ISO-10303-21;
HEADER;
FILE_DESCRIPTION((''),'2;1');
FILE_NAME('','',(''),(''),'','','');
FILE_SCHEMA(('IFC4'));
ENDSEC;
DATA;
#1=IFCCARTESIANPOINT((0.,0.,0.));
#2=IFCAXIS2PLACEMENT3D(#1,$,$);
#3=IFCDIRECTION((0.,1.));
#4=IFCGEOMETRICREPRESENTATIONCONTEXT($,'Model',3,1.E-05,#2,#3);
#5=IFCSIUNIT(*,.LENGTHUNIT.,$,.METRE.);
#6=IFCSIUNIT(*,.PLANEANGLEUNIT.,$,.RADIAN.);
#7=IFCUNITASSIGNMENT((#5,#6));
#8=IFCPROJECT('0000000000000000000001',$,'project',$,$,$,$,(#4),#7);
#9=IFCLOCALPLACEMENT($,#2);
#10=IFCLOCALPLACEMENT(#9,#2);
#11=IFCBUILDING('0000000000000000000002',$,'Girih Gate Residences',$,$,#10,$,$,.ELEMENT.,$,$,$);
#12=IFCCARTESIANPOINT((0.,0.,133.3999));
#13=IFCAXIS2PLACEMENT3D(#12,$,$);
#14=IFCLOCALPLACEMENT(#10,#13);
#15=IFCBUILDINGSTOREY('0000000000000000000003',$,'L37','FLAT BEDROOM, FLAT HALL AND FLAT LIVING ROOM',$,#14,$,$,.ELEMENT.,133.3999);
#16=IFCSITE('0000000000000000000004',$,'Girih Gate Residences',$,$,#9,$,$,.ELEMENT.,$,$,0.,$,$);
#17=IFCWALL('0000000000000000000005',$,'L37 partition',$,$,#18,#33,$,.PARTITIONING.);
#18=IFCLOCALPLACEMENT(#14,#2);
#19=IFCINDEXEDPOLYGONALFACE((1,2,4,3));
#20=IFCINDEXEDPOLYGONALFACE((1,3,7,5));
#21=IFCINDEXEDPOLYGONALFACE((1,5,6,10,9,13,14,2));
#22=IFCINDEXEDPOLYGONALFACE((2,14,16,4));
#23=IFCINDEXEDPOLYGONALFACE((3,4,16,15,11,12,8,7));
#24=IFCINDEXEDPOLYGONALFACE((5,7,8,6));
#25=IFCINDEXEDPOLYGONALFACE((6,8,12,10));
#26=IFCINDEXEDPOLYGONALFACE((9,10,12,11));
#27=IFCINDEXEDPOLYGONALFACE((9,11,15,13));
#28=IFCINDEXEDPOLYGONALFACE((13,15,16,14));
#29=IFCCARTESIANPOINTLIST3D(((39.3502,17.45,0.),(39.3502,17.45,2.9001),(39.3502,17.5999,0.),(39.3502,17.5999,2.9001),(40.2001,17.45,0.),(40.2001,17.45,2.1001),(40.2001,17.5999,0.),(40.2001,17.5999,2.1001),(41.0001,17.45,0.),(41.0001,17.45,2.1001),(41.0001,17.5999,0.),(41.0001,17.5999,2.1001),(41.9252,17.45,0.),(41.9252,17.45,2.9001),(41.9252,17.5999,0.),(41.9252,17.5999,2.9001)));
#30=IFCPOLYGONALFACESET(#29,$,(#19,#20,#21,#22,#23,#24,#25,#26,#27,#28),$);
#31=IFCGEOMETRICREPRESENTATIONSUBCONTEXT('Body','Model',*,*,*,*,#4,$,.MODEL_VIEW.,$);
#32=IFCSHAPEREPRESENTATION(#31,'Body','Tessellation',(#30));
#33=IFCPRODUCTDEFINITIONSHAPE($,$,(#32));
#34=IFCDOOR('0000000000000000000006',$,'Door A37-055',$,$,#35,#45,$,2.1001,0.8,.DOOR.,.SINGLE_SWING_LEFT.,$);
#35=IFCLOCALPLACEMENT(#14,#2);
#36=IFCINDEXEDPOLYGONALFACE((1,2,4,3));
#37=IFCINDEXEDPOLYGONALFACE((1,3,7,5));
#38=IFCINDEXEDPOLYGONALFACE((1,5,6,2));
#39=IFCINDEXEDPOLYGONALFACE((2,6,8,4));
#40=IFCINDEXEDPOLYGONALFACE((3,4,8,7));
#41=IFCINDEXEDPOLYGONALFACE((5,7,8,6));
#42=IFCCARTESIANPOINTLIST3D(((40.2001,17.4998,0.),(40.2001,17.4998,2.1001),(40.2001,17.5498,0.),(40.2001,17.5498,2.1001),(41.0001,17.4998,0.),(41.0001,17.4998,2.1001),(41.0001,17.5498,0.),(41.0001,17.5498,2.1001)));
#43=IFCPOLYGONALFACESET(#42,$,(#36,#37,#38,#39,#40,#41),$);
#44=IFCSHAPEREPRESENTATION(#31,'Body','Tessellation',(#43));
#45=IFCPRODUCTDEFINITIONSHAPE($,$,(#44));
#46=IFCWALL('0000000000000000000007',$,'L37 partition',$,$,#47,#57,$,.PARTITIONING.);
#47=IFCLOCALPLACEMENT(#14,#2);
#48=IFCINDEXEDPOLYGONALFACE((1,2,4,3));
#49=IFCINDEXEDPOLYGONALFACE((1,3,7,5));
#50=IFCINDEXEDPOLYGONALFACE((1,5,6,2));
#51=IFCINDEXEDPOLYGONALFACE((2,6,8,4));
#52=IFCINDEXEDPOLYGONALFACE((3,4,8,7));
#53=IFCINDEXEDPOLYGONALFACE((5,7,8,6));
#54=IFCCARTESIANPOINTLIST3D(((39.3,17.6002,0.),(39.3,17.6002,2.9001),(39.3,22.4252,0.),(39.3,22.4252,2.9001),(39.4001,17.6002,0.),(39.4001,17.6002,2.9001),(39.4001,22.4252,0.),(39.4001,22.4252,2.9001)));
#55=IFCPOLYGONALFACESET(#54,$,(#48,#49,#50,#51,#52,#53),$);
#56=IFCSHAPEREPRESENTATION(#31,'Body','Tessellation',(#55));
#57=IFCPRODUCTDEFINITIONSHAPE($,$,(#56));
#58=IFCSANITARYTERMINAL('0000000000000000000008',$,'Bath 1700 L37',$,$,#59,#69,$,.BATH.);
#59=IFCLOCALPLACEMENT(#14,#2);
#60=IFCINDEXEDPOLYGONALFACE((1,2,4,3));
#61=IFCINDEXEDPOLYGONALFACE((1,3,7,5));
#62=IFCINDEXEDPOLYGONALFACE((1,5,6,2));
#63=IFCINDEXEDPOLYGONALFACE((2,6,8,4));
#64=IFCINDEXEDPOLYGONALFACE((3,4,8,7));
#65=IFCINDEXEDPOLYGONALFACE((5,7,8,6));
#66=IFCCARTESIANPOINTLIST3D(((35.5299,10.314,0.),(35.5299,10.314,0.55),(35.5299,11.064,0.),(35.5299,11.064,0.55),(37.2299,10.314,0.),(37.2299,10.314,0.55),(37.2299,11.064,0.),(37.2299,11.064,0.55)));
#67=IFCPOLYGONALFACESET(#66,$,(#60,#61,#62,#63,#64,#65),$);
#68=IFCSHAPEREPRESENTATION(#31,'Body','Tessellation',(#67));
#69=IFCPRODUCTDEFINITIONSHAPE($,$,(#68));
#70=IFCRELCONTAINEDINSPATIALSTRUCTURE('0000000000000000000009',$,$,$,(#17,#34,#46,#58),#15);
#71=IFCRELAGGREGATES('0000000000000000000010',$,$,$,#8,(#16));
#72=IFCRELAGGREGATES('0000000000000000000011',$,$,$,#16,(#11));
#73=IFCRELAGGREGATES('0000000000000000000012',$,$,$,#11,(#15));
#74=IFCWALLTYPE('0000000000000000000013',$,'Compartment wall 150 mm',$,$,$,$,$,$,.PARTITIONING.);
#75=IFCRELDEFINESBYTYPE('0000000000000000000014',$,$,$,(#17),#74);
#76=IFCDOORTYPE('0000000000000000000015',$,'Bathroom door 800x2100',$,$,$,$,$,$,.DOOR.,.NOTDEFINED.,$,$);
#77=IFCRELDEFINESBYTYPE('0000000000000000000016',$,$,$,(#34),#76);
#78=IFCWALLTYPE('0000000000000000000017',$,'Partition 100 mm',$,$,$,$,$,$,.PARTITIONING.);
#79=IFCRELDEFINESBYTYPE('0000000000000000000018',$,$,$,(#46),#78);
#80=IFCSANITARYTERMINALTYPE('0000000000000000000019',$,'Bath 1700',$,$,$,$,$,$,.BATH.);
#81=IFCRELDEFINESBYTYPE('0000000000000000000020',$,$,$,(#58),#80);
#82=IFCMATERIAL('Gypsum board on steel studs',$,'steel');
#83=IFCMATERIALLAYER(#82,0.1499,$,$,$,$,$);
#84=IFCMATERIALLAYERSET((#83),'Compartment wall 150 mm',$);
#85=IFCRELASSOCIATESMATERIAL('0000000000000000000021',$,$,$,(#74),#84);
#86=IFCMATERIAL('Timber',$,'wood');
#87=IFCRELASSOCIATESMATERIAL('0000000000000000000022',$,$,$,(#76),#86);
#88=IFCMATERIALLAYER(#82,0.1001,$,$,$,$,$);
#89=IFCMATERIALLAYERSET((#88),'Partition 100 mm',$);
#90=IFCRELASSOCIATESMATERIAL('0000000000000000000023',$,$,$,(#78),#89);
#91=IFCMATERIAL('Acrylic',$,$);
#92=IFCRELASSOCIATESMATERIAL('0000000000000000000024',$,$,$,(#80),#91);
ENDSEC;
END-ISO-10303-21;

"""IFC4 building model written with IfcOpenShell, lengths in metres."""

from ifc_helpers import new_model, si_unit, direction, frame, frame_2d, origin, origin_2d, place, context, subcontext, project, spatial, rectangle, extrude, material, layer, layer_set, type_object, element, fill, save


model = new_model("IFC4")

# Units and contexts
model_context = context("Model", 3, precision=1e-05, world=origin(), true_north=direction((0.0, 1.0)))
body_context = subcontext(model_context, "Body", "Model", "MODEL_VIEW")
ifc_project = project(units=[si_unit("LENGTHUNIT", "METRE"), si_unit("PLANEANGLEUNIT", "RADIAN")], contexts=[model_context])

# Site, building, storey
site_placement = place(None, origin())
site = spatial("IfcSite", under=ifc_project, at=site_placement, Name="Girih Gate Residences", CompositionType="ELEMENT", RefElevation=0.0)
building_placement = place(site_placement, origin())
building = spatial("IfcBuilding", under=site, at=building_placement, Name="Girih Gate Residences", CompositionType="ELEMENT")
storey_placement = place(building_placement, frame((0.0, 0.0, 133.3999)))
storey = spatial("IfcBuildingStorey", under=building, at=storey_placement, Name="L37", Description="FLAT BEDROOM, FLAT HALL AND FLAT LIVING ROOM", CompositionType="ELEMENT", Elevation=133.3999)

# Shared definitions
ifc_material_1 = material(Name="Gypsum board on steel studs", Category="steel")
ifc_layer_1 = layer(ifc_material_1, 0.1499)
ifc_layer_set_1 = layer_set([ifc_layer_1], Name="Compartment wall 150 mm")
wall_type_1 = type_object("IfcWallType", Name="Compartment wall 150 mm", PredefinedType="PARTITIONING", material=ifc_layer_set_1)

# Wall, opening, door
ifc_material_2 = material(Name="Timber", Category="wood")
wall_1_placement = place(storey_placement, frame((39.3501, 17.5249, 0.0), z_axis=(0.0, 0.0, 1.0), x_axis=(1.0, 0.0, 0.0)))
wall_1 = element("IfcWall", 1, at=wall_1_placement, inside=storey, type_object=wall_type_1, Name="L37 partition", PredefinedType="PARTITIONING", context=body_context, shape_type="SweptSolid", body=[
    extrude(rectangle(XDim=2.575, YDim=0.1499, at=frame_2d((1.2876, 0.0))), origin(), (0.0, 0.0, 1.0), 2.9001),
])
opening_1_placement = place(wall_1_placement, frame((0.8501, 0.0, 0.0)))
opening_1 = element("IfcOpeningElement", 2, at=opening_1_placement, cuts=wall_1, PredefinedType="OPENING", context=body_context, shape_type="SweptSolid", body=[
    extrude(rectangle(XDim=0.8, YDim=2.1001, at=frame_2d((0.3999, 1.05))), frame((0.0, 0.085, 0.0), z_axis=(0.0, -1.0, 0.0), x_axis=(1.0, 0.0, 0.0)), (0.0, 0.0, 1.0), 0.1699),
])
door_type_1 = type_object("IfcDoorType", Name="Bathroom door 800x2100", OperationType="NOTDEFINED", PredefinedType="DOOR", material=ifc_material_2)
door_1_placement = place(opening_1_placement, origin())
door_1 = element("IfcDoor", 3, at=door_1_placement, inside=storey, type_object=door_type_1, Name="Door A37-055", OperationType="SINGLE_SWING_LEFT", OverallHeight=2.1001, OverallWidth=0.8, PredefinedType="DOOR", context=body_context, shape_type="SweptSolid", body=[
    extrude(rectangle(XDim=0.8, YDim=2.1001, at=frame_2d((0.3999, 1.05))), frame((0.0, 0.0249, 0.0), z_axis=(0.0, -1.0, 0.0), x_axis=(1.0, 0.0, 0.0)), (0.0, 0.0, 1.0), 0.05),
])
fill(opening_1, door_1)

# Wall
ifc_layer_2 = layer(ifc_material_1, 0.1001)
ifc_layer_set_2 = layer_set([ifc_layer_2], Name="Partition 100 mm")
wall_type_2 = type_object("IfcWallType", Name="Partition 100 mm", PredefinedType="PARTITIONING", material=ifc_layer_set_2)
wall_2_placement = place(storey_placement, frame((39.3501, 17.6001, 0.0), z_axis=(0.0, 0.0, 1.0), x_axis=(0.0, 1.0, 0.0)))
element("IfcWall", 4, at=wall_2_placement, inside=storey, type_object=wall_type_2, Name="L37 partition", PredefinedType="PARTITIONING", context=body_context, shape_type="SweptSolid", body=[
    extrude(rectangle(XDim=4.825, YDim=0.1001, at=frame_2d((2.4126, 0.0))), origin(), (0.0, 0.0, 1.0), 2.9001),
])

# Sanitary terminal
ifc_material_3 = material(Name="Acrylic")
sanitary_terminal_type = type_object("IfcSanitaryTerminalType", Name="Bath 1700", PredefinedType="BATH", material=ifc_material_3)
sanitary_terminal_placement = place(storey_placement, frame((36.3799, 10.689, 0.0), z_axis=(0.0, 0.0, 1.0), x_axis=(1.0, 0.0, 0.0)))
element("IfcSanitaryTerminal", 5, at=sanitary_terminal_placement, inside=storey, type_object=sanitary_terminal_type, Name="Bath 1700 L37", PredefinedType="BATH", context=body_context, shape_type="SweptSolid", body=[
    extrude(rectangle(XDim=1.7, YDim=0.75, at=origin_2d()), origin(), (0.0, 0.0, 1.0), 0.55),
])

save(model, "model.ifc")
